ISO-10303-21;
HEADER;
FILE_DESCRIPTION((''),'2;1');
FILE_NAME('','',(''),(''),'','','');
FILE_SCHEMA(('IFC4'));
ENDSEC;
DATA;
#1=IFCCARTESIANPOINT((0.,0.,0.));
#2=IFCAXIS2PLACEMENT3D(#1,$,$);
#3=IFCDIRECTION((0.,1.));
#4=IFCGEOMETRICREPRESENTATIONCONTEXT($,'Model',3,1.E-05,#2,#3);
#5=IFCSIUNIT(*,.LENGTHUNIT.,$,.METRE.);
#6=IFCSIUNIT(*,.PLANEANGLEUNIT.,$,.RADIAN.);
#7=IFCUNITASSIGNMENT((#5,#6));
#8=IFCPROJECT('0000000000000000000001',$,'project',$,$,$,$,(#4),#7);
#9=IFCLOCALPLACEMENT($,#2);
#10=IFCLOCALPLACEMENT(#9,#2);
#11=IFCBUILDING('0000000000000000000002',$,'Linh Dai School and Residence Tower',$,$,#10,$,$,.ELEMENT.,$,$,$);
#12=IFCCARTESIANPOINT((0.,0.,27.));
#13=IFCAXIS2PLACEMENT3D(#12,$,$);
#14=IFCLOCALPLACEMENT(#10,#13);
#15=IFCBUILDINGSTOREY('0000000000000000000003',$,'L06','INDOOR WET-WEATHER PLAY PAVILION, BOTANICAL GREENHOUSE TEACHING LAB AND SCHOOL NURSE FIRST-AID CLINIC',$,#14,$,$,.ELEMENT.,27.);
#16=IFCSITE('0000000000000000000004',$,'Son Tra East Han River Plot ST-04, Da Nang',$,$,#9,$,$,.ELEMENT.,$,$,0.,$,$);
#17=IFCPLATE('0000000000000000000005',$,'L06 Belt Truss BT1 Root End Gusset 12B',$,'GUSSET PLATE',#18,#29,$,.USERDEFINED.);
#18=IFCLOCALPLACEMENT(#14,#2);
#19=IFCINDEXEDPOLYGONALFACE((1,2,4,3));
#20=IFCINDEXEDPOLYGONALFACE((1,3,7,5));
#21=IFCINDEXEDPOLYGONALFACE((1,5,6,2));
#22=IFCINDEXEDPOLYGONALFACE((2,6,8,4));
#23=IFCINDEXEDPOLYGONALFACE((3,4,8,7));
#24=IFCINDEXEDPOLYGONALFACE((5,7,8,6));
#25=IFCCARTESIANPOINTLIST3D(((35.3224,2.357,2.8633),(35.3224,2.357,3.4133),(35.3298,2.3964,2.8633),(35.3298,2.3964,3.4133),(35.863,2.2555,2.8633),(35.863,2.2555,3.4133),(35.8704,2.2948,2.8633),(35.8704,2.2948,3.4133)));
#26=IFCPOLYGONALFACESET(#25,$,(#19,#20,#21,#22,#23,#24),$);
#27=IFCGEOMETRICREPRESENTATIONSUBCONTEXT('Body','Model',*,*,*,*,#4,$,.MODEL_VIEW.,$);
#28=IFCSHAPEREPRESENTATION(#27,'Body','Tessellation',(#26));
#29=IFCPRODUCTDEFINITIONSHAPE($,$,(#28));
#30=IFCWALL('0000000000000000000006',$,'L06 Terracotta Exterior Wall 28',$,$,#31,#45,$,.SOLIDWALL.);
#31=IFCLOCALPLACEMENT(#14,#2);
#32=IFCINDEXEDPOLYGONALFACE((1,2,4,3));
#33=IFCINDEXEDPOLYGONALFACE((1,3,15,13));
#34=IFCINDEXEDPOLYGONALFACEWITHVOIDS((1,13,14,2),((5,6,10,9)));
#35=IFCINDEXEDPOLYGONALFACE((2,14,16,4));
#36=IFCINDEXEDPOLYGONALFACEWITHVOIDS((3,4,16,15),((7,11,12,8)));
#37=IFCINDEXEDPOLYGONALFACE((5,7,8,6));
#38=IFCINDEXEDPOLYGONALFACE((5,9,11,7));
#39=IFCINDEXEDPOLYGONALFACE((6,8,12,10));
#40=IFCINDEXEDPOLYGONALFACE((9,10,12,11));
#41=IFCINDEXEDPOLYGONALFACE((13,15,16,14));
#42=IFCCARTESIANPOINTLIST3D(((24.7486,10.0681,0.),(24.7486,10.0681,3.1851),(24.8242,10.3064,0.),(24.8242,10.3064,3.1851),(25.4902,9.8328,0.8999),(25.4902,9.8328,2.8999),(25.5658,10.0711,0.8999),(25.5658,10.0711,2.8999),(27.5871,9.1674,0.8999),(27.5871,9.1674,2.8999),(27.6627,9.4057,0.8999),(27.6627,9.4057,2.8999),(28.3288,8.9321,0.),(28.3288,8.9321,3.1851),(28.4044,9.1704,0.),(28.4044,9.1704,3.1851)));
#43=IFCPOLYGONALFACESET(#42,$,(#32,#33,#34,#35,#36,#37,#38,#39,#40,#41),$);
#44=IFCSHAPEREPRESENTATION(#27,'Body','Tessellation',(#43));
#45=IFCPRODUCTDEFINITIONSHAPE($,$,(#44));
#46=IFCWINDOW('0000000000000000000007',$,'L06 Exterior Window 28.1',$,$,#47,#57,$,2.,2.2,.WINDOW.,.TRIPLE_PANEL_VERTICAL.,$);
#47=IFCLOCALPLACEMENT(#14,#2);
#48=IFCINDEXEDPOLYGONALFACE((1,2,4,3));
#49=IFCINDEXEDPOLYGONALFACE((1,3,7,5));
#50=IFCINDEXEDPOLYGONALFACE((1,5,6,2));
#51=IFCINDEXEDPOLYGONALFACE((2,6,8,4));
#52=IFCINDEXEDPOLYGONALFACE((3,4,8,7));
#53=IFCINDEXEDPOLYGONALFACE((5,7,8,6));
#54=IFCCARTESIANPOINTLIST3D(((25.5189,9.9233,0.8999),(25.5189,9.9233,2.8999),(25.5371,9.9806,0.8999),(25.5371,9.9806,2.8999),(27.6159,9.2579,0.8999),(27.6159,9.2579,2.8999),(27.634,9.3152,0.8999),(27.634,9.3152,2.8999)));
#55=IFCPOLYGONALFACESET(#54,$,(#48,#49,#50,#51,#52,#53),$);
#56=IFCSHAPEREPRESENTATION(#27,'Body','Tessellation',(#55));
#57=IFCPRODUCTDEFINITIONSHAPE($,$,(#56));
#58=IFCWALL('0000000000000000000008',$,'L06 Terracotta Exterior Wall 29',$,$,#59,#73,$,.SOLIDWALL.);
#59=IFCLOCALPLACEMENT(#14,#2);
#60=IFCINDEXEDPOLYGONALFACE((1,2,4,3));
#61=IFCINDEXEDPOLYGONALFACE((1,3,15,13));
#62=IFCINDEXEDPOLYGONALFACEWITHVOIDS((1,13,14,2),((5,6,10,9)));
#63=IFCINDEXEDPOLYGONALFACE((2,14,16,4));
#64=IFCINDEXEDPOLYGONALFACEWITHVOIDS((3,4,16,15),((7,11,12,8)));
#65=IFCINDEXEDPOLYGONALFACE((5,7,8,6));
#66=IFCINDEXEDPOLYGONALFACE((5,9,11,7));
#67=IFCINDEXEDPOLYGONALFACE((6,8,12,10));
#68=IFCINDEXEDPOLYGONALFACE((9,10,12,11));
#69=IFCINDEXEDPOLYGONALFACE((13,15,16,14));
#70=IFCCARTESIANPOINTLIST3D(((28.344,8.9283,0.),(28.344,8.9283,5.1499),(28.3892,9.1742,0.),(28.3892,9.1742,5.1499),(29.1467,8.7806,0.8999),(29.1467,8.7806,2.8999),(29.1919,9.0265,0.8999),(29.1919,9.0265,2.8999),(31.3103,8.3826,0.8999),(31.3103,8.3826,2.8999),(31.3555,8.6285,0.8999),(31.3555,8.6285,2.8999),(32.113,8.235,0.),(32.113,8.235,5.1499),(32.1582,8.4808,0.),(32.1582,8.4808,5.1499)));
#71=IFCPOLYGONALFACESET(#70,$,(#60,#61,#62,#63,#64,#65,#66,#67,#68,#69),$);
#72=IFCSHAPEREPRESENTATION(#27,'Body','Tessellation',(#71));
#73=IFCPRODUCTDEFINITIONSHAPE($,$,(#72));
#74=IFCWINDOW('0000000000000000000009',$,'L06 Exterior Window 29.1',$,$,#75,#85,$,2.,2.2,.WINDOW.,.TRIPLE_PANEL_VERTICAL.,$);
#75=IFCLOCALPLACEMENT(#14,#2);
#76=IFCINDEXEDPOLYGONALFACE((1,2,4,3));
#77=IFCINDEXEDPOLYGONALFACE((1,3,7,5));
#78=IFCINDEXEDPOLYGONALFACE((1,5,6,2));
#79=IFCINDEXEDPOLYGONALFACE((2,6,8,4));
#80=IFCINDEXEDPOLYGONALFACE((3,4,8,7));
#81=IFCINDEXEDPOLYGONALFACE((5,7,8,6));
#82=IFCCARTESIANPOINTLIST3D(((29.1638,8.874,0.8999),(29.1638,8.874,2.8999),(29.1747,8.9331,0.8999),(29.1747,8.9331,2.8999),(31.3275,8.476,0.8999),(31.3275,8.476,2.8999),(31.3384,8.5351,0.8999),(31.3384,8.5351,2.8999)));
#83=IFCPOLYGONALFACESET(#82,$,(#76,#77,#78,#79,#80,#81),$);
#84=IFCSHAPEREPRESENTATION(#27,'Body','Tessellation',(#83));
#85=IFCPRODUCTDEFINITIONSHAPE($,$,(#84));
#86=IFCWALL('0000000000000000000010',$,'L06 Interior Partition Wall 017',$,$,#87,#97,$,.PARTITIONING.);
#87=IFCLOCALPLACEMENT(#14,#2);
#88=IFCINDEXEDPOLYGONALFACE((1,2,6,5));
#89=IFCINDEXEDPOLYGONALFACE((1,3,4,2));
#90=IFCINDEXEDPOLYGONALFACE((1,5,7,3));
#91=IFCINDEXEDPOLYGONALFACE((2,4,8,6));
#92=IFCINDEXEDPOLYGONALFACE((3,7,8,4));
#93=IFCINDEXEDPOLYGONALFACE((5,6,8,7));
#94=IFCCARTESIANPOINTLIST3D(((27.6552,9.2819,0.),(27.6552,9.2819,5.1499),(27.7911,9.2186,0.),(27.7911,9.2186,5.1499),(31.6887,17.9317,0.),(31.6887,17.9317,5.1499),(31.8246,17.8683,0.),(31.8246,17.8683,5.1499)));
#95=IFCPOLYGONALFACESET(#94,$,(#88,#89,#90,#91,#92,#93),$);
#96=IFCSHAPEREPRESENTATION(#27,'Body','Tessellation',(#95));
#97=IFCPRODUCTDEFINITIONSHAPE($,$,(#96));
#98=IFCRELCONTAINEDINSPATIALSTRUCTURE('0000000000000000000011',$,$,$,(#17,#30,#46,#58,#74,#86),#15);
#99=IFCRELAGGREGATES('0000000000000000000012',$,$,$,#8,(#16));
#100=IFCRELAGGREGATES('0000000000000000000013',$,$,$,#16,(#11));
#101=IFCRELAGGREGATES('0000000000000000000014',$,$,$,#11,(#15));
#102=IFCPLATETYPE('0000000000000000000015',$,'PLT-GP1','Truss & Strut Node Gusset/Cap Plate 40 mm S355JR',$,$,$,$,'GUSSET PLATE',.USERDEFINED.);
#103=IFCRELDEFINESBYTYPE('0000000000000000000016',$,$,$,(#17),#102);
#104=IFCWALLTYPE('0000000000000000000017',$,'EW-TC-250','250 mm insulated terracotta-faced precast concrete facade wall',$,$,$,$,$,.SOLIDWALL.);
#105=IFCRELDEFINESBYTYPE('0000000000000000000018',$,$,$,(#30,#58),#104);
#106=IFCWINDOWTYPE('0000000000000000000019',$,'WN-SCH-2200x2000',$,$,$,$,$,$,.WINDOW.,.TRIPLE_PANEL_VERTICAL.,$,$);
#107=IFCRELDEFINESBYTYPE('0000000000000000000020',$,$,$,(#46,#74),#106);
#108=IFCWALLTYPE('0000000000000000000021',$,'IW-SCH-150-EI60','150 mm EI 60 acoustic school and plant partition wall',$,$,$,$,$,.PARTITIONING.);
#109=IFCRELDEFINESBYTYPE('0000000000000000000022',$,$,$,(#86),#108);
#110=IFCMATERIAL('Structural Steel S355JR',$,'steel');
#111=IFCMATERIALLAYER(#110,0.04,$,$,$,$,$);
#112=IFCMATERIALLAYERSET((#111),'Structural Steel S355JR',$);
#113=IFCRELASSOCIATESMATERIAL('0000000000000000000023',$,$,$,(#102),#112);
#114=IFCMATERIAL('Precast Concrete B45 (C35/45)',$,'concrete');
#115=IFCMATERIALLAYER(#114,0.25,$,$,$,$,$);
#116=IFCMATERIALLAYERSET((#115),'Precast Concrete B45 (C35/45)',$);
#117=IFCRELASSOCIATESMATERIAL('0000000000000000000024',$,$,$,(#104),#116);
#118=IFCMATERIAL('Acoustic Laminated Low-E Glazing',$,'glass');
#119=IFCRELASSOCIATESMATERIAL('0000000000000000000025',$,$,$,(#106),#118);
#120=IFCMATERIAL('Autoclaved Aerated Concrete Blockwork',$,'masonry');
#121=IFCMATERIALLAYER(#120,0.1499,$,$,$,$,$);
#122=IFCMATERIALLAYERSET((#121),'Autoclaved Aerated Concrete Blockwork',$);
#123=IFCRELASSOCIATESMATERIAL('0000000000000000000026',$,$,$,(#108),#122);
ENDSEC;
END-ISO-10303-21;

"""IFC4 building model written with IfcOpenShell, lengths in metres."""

from ifc_helpers import new_model, si_unit, direction, frame, frame_2d, origin, origin_2d, place, context, subcontext, project, spatial, rectangle, extrude, source, transform, mapped, material, layer, layer_set, type_object, element, fill, save


model = new_model("IFC4")

# Units and contexts
model_context = context("Model", 3, precision=1e-05, world=origin(), true_north=direction((0.0, 1.0)))
body_context = subcontext(model_context, "Body", "Model", "MODEL_VIEW")
ifc_project = project(units=[si_unit("LENGTHUNIT", "METRE"), si_unit("PLANEANGLEUNIT", "RADIAN")], contexts=[model_context])

# Site, building, storey
site_placement = place(None, origin())
site = spatial("IfcSite", under=ifc_project, at=site_placement, Name="Son Tra East Han River Plot ST-04, Da Nang", CompositionType="ELEMENT", RefElevation=0.0)
building_placement = place(site_placement, origin())
building = spatial("IfcBuilding", under=site, at=building_placement, Name="Linh Dai School and Residence Tower", CompositionType="ELEMENT")
storey_placement = place(building_placement, frame((0.0, 0.0, 27.0)))
storey = spatial("IfcBuildingStorey", under=building, at=storey_placement, Name="L06", Description="INDOOR WET-WEATHER PLAY PAVILION, BOTANICAL GREENHOUSE TEACHING LAB AND SCHOOL NURSE FIRST-AID CLINIC", CompositionType="ELEMENT", Elevation=27.0)

# Shared definitions
ifc_material_1 = material(Name="Structural Steel S355JR", Category="steel")

# Plate
ifc_layer_1 = layer(ifc_material_1, 0.04)
ifc_layer_set_1 = layer_set([ifc_layer_1], Name="Structural Steel S355JR")
plate_type = type_object("IfcPlateType", Name="PLT-GP1", Description="Truss & Strut Node Gusset/Cap Plate 40 mm S355JR", ElementType="GUSSET PLATE", PredefinedType="USERDEFINED", material=ifc_layer_set_1)
shared_shape_1 = source(origin(), body_context, "Body", "SweptSolid", [
    extrude(rectangle(XDim=0.55, YDim=0.04, at=origin_2d()), origin(), (0.0, 0.0, 1.0), 0.55),
])
for number, where, z_axis, x_axis, name in (
    (1, (35.5964, 2.3259, 2.8633), (0.0, 0.0, 1.0), (0.982804, -0.184652, 0.0), "L06 Belt Truss BT1 Root End Gusset 12B"),
):
    element("IfcPlate", number, at=place(storey_placement, frame(where, z_axis=z_axis, x_axis=x_axis)), inside=storey, type_object=plate_type, Name=name, ObjectType="GUSSET PLATE", PredefinedType="USERDEFINED", context=body_context, shape_type="MappedRepresentation", body=[
        mapped(shared_shape_1, transform((0.0, 0.0, 0.0), x_axis=(1.0, 0.0, 0.0), y_axis=(0.0, 1.0, 0.0), z_axis=(0.0, 0.0, 1.0), scale=1.0)),
    ])

# Walls, openings, windows
ifc_material_2 = material(Name="Precast Concrete B45 (C35/45)", Category="concrete")
ifc_layer_2 = layer(ifc_material_2, 0.25)
ifc_layer_set_2 = layer_set([ifc_layer_2], Name="Precast Concrete B45 (C35/45)")
wall_type_1 = type_object("IfcWallType", Name="EW-TC-250", Description="250 mm insulated terracotta-faced precast concrete facade wall", PredefinedType="SOLIDWALL", material=ifc_layer_set_2)
wall_1_placement = place(storey_placement, frame((28.3665, 9.0513, 0.0), z_axis=(0.0, 0.0, 1.0), x_axis=(-0.953166, 0.302447, 0.0)))
wall_1 = element("IfcWall", 2, at=wall_1_placement, inside=storey, type_object=wall_type_1, Name="L06 Terracotta Exterior Wall 28", PredefinedType="SOLIDWALL", context=body_context, shape_type="SweptSolid", body=[
    extrude(rectangle(XDim=3.7561, YDim=0.25, at=frame_2d((1.8779, 0.0))), origin(), (0.0, 0.0, 1.0), 3.1851),
])
opening_1_placement = place(wall_1_placement, frame((0.7778, 0.0, 0.8999)))
opening_1 = element("IfcOpeningElement", 3, at=opening_1_placement, cuts=wall_1, PredefinedType="OPENING", context=body_context, shape_type="SweptSolid", body=[
    extrude(rectangle(XDim=2.2, YDim=2.0, at=origin_2d()), frame((1.1001, 0.135, 1.0), z_axis=(0.0, -1.0, 0.0), x_axis=(1.0, 0.0, 0.0)), (0.0, 0.0, 1.0), 0.27),
])
ifc_material_3 = material(Name="Acoustic Laminated Low-E Glazing", Category="glass")
window_type = type_object("IfcWindowType", Name="WN-SCH-2200x2000", PartitioningType="TRIPLE_PANEL_VERTICAL", PredefinedType="WINDOW", material=ifc_material_3)
shared_shape_2 = source(origin(), body_context, "Body", "SweptSolid", [
    extrude(rectangle(XDim=2.2, YDim=2.0, at=origin_2d()), frame((1.1001, 0.03, 1.0), z_axis=(0.0, -1.0, 0.0), x_axis=(1.0, 0.0, 0.0)), (0.0, 0.0, 1.0), 0.0601),
])
window_1_placement = place(opening_1_placement, origin())
window_1 = element("IfcWindow", 4, at=window_1_placement, inside=storey, type_object=window_type, Name="L06 Exterior Window 28.1", OverallHeight=2.0, OverallWidth=2.2, PartitioningType="TRIPLE_PANEL_VERTICAL", PredefinedType="WINDOW", context=body_context, shape_type="MappedRepresentation", body=[
    mapped(shared_shape_2, transform((0.0, 0.0, 0.0), x_axis=(1.0, 0.0, 0.0), y_axis=(0.0, 1.0, 0.0), z_axis=(0.0, 0.0, 1.0), scale=1.0)),
])
fill(opening_1, window_1)
wall_2_placement = place(storey_placement, frame((32.1355, 8.3579, 0.0), z_axis=(0.0, 0.0, 1.0), x_axis=(-0.983497, 0.180926, 0.0)))
wall_2 = element("IfcWall", 5, at=wall_2_placement, inside=storey, type_object=wall_type_1, Name="L06 Terracotta Exterior Wall 29", PredefinedType="SOLIDWALL", context=body_context, shape_type="SweptSolid", body=[
    extrude(rectangle(XDim=3.8323, YDim=0.25, at=frame_2d((1.916, 0.0))), origin(), (0.0, 0.0, 1.0), 5.1499),
])
opening_2_placement = place(wall_2_placement, frame((0.8159, 0.0, 0.8999)))
opening_2 = element("IfcOpeningElement", 6, at=opening_2_placement, cuts=wall_2, PredefinedType="OPENING", context=body_context, shape_type="SweptSolid", body=[
    extrude(rectangle(XDim=2.2, YDim=2.0, at=origin_2d()), frame((1.1001, 0.135, 1.0), z_axis=(0.0, -1.0, 0.0), x_axis=(1.0, 0.0, 0.0)), (0.0, 0.0, 1.0), 0.27),
])
window_2_placement = place(opening_2_placement, origin())
window_2 = element("IfcWindow", 7, at=window_2_placement, inside=storey, type_object=window_type, Name="L06 Exterior Window 29.1", OverallHeight=2.0, OverallWidth=2.2, PartitioningType="TRIPLE_PANEL_VERTICAL", PredefinedType="WINDOW", context=body_context, shape_type="MappedRepresentation", body=[
    mapped(shared_shape_2, transform((0.0, 0.0, 0.0), x_axis=(1.0, 0.0, 0.0), y_axis=(0.0, 1.0, 0.0), z_axis=(0.0, 0.0, 1.0), scale=1.0)),
])
fill(opening_2, window_2)

# Wall
ifc_material_4 = material(Name="Autoclaved Aerated Concrete Blockwork", Category="masonry")
ifc_layer_3 = layer(ifc_material_4, 0.1499)
ifc_layer_set_3 = layer_set([ifc_layer_3], Name="Autoclaved Aerated Concrete Blockwork")
wall_type_2 = type_object("IfcWallType", Name="IW-SCH-150-EI60", Description="150 mm EI 60 acoustic school and plant partition wall", PredefinedType="PARTITIONING", material=ifc_layer_set_3)
wall_3_placement = place(storey_placement, frame((27.7231, 9.2502, 0.0), z_axis=(0.0, 0.0, 1.0), x_axis=(0.422622, 0.906306, 0.0)))
element("IfcWall", 8, at=wall_3_placement, inside=storey, type_object=wall_type_2, Name="L06 Interior Partition Wall 017", PredefinedType="PARTITIONING", context=body_context, shape_type="SweptSolid", body=[
    extrude(rectangle(XDim=9.5439, YDim=0.1499, at=frame_2d((4.772, 0.0))), origin(), (0.0, 0.0, 1.0), 5.1499),
])

save(model, "model.ifc")
